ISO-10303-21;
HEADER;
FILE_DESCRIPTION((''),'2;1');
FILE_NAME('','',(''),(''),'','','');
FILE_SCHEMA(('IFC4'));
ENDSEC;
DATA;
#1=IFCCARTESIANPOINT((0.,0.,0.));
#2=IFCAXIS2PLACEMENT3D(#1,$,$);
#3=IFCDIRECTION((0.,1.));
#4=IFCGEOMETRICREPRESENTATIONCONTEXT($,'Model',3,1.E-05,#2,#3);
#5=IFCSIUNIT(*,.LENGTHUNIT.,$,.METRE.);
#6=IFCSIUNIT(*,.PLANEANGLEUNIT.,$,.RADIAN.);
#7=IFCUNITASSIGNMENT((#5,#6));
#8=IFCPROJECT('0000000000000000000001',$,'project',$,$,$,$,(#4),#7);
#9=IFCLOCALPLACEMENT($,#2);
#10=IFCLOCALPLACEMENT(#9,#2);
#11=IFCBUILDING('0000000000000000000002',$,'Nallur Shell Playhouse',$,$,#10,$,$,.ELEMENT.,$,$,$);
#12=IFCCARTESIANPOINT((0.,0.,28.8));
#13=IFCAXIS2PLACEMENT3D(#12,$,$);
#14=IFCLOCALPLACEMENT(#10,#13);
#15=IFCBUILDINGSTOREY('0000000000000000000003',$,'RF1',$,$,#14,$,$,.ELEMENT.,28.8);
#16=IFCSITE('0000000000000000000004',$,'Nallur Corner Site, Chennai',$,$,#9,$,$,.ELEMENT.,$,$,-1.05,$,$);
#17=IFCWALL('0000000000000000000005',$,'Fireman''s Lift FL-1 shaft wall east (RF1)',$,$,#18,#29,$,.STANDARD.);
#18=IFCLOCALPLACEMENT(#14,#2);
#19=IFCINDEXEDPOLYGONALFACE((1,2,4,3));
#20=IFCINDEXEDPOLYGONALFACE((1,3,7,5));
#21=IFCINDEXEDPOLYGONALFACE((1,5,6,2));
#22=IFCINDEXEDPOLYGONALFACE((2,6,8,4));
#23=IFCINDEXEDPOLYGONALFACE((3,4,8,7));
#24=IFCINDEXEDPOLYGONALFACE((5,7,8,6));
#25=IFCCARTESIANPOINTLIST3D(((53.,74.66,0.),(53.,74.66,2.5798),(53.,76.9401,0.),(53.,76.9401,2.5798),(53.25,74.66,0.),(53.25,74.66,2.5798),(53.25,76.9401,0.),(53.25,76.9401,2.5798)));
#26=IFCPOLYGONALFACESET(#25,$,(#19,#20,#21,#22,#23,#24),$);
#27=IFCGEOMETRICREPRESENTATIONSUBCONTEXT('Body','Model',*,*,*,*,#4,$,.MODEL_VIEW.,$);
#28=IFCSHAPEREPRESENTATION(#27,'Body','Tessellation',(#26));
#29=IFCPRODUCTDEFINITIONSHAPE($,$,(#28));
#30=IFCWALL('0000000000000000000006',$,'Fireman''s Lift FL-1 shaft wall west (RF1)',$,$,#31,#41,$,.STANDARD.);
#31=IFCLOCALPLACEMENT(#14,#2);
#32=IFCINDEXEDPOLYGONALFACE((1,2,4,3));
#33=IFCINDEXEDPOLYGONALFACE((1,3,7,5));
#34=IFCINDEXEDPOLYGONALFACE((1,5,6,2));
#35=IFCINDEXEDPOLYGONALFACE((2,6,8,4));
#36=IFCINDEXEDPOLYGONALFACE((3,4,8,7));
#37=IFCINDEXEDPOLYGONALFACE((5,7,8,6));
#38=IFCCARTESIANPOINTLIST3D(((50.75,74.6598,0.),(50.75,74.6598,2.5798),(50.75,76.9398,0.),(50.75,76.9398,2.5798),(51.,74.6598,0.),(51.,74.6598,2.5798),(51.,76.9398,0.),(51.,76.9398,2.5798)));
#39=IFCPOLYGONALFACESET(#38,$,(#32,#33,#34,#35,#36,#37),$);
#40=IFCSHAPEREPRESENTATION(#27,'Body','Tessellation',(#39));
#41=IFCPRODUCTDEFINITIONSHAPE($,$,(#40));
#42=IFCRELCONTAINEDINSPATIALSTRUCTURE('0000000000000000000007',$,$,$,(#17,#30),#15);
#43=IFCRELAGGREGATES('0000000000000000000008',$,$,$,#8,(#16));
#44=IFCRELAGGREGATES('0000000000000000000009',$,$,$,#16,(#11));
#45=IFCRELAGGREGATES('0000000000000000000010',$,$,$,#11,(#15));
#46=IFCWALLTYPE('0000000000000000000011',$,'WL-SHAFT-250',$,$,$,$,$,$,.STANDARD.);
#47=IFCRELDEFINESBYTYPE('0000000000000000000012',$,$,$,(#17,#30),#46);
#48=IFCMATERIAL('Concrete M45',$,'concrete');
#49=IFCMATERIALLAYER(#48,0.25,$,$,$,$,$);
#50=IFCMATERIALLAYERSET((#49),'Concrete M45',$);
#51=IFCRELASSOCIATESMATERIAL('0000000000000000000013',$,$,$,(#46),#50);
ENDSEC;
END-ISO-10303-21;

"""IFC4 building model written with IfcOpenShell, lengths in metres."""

from ifc_helpers import new_model, si_unit, direction, frame, frame_2d, origin, place, context, subcontext, project, spatial, rectangle, extrude, material, layer, layer_set, type_object, element, save


model = new_model("IFC4")

# Units and contexts
model_context = context("Model", 3, precision=1e-05, world=origin(), true_north=direction((0.0, 1.0)))
body_context = subcontext(model_context, "Body", "Model", "MODEL_VIEW")
ifc_project = project(units=[si_unit("LENGTHUNIT", "METRE"), si_unit("PLANEANGLEUNIT", "RADIAN")], contexts=[model_context])

# Site, building, storey
site_placement = place(None, origin())
site = spatial("IfcSite", under=ifc_project, at=site_placement, Name="Nallur Corner Site, Chennai", CompositionType="ELEMENT", RefElevation=-1.05)
building_placement = place(site_placement, origin())
building = spatial("IfcBuilding", under=site, at=building_placement, Name="Nallur Shell Playhouse", CompositionType="ELEMENT")
storey_placement = place(building_placement, frame((0.0, 0.0, 28.8)))
storey = spatial("IfcBuildingStorey", under=building, at=storey_placement, Name="RF1", CompositionType="ELEMENT", Elevation=28.8)

# Shared definitions
ifc_material_1 = material(Name="Concrete M45", Category="concrete")

# Shared definitions
ifc_layer_1 = layer(ifc_material_1, 0.25)
ifc_layer_set_1 = layer_set([ifc_layer_1], Name="Concrete M45")
wall_type_1 = type_object("IfcWallType", Name="WL-SHAFT-250", PredefinedType="STANDARD", material=ifc_layer_set_1)

# Walls
for number, where, z_axis, x_axis, name in (
    (1, (53.125, 74.6599, 0.0), (0.0, 0.0, 1.0), (0.0, 1.0, 0.0), "Fireman's Lift FL-1 shaft wall east (RF1)"),
    (2, (50.875, 76.9399, 0.0), (0.0, 0.0, 1.0), (0.0, -1.0, 0.0), "Fireman's Lift FL-1 shaft wall west (RF1)"),
):
    element("IfcWall", number, at=place(storey_placement, frame(where, z_axis=z_axis, x_axis=x_axis)), inside=storey, type_object=wall_type_1, Name=name, PredefinedType="STANDARD", context=body_context, shape_type="SweptSolid", body=[
        extrude(rectangle(XDim=2.28, YDim=0.25, at=frame_2d((1.1401, 0.0))), origin(), (0.0, 0.0, 1.0), 2.5798),
    ])

save(model, "model.ifc")
